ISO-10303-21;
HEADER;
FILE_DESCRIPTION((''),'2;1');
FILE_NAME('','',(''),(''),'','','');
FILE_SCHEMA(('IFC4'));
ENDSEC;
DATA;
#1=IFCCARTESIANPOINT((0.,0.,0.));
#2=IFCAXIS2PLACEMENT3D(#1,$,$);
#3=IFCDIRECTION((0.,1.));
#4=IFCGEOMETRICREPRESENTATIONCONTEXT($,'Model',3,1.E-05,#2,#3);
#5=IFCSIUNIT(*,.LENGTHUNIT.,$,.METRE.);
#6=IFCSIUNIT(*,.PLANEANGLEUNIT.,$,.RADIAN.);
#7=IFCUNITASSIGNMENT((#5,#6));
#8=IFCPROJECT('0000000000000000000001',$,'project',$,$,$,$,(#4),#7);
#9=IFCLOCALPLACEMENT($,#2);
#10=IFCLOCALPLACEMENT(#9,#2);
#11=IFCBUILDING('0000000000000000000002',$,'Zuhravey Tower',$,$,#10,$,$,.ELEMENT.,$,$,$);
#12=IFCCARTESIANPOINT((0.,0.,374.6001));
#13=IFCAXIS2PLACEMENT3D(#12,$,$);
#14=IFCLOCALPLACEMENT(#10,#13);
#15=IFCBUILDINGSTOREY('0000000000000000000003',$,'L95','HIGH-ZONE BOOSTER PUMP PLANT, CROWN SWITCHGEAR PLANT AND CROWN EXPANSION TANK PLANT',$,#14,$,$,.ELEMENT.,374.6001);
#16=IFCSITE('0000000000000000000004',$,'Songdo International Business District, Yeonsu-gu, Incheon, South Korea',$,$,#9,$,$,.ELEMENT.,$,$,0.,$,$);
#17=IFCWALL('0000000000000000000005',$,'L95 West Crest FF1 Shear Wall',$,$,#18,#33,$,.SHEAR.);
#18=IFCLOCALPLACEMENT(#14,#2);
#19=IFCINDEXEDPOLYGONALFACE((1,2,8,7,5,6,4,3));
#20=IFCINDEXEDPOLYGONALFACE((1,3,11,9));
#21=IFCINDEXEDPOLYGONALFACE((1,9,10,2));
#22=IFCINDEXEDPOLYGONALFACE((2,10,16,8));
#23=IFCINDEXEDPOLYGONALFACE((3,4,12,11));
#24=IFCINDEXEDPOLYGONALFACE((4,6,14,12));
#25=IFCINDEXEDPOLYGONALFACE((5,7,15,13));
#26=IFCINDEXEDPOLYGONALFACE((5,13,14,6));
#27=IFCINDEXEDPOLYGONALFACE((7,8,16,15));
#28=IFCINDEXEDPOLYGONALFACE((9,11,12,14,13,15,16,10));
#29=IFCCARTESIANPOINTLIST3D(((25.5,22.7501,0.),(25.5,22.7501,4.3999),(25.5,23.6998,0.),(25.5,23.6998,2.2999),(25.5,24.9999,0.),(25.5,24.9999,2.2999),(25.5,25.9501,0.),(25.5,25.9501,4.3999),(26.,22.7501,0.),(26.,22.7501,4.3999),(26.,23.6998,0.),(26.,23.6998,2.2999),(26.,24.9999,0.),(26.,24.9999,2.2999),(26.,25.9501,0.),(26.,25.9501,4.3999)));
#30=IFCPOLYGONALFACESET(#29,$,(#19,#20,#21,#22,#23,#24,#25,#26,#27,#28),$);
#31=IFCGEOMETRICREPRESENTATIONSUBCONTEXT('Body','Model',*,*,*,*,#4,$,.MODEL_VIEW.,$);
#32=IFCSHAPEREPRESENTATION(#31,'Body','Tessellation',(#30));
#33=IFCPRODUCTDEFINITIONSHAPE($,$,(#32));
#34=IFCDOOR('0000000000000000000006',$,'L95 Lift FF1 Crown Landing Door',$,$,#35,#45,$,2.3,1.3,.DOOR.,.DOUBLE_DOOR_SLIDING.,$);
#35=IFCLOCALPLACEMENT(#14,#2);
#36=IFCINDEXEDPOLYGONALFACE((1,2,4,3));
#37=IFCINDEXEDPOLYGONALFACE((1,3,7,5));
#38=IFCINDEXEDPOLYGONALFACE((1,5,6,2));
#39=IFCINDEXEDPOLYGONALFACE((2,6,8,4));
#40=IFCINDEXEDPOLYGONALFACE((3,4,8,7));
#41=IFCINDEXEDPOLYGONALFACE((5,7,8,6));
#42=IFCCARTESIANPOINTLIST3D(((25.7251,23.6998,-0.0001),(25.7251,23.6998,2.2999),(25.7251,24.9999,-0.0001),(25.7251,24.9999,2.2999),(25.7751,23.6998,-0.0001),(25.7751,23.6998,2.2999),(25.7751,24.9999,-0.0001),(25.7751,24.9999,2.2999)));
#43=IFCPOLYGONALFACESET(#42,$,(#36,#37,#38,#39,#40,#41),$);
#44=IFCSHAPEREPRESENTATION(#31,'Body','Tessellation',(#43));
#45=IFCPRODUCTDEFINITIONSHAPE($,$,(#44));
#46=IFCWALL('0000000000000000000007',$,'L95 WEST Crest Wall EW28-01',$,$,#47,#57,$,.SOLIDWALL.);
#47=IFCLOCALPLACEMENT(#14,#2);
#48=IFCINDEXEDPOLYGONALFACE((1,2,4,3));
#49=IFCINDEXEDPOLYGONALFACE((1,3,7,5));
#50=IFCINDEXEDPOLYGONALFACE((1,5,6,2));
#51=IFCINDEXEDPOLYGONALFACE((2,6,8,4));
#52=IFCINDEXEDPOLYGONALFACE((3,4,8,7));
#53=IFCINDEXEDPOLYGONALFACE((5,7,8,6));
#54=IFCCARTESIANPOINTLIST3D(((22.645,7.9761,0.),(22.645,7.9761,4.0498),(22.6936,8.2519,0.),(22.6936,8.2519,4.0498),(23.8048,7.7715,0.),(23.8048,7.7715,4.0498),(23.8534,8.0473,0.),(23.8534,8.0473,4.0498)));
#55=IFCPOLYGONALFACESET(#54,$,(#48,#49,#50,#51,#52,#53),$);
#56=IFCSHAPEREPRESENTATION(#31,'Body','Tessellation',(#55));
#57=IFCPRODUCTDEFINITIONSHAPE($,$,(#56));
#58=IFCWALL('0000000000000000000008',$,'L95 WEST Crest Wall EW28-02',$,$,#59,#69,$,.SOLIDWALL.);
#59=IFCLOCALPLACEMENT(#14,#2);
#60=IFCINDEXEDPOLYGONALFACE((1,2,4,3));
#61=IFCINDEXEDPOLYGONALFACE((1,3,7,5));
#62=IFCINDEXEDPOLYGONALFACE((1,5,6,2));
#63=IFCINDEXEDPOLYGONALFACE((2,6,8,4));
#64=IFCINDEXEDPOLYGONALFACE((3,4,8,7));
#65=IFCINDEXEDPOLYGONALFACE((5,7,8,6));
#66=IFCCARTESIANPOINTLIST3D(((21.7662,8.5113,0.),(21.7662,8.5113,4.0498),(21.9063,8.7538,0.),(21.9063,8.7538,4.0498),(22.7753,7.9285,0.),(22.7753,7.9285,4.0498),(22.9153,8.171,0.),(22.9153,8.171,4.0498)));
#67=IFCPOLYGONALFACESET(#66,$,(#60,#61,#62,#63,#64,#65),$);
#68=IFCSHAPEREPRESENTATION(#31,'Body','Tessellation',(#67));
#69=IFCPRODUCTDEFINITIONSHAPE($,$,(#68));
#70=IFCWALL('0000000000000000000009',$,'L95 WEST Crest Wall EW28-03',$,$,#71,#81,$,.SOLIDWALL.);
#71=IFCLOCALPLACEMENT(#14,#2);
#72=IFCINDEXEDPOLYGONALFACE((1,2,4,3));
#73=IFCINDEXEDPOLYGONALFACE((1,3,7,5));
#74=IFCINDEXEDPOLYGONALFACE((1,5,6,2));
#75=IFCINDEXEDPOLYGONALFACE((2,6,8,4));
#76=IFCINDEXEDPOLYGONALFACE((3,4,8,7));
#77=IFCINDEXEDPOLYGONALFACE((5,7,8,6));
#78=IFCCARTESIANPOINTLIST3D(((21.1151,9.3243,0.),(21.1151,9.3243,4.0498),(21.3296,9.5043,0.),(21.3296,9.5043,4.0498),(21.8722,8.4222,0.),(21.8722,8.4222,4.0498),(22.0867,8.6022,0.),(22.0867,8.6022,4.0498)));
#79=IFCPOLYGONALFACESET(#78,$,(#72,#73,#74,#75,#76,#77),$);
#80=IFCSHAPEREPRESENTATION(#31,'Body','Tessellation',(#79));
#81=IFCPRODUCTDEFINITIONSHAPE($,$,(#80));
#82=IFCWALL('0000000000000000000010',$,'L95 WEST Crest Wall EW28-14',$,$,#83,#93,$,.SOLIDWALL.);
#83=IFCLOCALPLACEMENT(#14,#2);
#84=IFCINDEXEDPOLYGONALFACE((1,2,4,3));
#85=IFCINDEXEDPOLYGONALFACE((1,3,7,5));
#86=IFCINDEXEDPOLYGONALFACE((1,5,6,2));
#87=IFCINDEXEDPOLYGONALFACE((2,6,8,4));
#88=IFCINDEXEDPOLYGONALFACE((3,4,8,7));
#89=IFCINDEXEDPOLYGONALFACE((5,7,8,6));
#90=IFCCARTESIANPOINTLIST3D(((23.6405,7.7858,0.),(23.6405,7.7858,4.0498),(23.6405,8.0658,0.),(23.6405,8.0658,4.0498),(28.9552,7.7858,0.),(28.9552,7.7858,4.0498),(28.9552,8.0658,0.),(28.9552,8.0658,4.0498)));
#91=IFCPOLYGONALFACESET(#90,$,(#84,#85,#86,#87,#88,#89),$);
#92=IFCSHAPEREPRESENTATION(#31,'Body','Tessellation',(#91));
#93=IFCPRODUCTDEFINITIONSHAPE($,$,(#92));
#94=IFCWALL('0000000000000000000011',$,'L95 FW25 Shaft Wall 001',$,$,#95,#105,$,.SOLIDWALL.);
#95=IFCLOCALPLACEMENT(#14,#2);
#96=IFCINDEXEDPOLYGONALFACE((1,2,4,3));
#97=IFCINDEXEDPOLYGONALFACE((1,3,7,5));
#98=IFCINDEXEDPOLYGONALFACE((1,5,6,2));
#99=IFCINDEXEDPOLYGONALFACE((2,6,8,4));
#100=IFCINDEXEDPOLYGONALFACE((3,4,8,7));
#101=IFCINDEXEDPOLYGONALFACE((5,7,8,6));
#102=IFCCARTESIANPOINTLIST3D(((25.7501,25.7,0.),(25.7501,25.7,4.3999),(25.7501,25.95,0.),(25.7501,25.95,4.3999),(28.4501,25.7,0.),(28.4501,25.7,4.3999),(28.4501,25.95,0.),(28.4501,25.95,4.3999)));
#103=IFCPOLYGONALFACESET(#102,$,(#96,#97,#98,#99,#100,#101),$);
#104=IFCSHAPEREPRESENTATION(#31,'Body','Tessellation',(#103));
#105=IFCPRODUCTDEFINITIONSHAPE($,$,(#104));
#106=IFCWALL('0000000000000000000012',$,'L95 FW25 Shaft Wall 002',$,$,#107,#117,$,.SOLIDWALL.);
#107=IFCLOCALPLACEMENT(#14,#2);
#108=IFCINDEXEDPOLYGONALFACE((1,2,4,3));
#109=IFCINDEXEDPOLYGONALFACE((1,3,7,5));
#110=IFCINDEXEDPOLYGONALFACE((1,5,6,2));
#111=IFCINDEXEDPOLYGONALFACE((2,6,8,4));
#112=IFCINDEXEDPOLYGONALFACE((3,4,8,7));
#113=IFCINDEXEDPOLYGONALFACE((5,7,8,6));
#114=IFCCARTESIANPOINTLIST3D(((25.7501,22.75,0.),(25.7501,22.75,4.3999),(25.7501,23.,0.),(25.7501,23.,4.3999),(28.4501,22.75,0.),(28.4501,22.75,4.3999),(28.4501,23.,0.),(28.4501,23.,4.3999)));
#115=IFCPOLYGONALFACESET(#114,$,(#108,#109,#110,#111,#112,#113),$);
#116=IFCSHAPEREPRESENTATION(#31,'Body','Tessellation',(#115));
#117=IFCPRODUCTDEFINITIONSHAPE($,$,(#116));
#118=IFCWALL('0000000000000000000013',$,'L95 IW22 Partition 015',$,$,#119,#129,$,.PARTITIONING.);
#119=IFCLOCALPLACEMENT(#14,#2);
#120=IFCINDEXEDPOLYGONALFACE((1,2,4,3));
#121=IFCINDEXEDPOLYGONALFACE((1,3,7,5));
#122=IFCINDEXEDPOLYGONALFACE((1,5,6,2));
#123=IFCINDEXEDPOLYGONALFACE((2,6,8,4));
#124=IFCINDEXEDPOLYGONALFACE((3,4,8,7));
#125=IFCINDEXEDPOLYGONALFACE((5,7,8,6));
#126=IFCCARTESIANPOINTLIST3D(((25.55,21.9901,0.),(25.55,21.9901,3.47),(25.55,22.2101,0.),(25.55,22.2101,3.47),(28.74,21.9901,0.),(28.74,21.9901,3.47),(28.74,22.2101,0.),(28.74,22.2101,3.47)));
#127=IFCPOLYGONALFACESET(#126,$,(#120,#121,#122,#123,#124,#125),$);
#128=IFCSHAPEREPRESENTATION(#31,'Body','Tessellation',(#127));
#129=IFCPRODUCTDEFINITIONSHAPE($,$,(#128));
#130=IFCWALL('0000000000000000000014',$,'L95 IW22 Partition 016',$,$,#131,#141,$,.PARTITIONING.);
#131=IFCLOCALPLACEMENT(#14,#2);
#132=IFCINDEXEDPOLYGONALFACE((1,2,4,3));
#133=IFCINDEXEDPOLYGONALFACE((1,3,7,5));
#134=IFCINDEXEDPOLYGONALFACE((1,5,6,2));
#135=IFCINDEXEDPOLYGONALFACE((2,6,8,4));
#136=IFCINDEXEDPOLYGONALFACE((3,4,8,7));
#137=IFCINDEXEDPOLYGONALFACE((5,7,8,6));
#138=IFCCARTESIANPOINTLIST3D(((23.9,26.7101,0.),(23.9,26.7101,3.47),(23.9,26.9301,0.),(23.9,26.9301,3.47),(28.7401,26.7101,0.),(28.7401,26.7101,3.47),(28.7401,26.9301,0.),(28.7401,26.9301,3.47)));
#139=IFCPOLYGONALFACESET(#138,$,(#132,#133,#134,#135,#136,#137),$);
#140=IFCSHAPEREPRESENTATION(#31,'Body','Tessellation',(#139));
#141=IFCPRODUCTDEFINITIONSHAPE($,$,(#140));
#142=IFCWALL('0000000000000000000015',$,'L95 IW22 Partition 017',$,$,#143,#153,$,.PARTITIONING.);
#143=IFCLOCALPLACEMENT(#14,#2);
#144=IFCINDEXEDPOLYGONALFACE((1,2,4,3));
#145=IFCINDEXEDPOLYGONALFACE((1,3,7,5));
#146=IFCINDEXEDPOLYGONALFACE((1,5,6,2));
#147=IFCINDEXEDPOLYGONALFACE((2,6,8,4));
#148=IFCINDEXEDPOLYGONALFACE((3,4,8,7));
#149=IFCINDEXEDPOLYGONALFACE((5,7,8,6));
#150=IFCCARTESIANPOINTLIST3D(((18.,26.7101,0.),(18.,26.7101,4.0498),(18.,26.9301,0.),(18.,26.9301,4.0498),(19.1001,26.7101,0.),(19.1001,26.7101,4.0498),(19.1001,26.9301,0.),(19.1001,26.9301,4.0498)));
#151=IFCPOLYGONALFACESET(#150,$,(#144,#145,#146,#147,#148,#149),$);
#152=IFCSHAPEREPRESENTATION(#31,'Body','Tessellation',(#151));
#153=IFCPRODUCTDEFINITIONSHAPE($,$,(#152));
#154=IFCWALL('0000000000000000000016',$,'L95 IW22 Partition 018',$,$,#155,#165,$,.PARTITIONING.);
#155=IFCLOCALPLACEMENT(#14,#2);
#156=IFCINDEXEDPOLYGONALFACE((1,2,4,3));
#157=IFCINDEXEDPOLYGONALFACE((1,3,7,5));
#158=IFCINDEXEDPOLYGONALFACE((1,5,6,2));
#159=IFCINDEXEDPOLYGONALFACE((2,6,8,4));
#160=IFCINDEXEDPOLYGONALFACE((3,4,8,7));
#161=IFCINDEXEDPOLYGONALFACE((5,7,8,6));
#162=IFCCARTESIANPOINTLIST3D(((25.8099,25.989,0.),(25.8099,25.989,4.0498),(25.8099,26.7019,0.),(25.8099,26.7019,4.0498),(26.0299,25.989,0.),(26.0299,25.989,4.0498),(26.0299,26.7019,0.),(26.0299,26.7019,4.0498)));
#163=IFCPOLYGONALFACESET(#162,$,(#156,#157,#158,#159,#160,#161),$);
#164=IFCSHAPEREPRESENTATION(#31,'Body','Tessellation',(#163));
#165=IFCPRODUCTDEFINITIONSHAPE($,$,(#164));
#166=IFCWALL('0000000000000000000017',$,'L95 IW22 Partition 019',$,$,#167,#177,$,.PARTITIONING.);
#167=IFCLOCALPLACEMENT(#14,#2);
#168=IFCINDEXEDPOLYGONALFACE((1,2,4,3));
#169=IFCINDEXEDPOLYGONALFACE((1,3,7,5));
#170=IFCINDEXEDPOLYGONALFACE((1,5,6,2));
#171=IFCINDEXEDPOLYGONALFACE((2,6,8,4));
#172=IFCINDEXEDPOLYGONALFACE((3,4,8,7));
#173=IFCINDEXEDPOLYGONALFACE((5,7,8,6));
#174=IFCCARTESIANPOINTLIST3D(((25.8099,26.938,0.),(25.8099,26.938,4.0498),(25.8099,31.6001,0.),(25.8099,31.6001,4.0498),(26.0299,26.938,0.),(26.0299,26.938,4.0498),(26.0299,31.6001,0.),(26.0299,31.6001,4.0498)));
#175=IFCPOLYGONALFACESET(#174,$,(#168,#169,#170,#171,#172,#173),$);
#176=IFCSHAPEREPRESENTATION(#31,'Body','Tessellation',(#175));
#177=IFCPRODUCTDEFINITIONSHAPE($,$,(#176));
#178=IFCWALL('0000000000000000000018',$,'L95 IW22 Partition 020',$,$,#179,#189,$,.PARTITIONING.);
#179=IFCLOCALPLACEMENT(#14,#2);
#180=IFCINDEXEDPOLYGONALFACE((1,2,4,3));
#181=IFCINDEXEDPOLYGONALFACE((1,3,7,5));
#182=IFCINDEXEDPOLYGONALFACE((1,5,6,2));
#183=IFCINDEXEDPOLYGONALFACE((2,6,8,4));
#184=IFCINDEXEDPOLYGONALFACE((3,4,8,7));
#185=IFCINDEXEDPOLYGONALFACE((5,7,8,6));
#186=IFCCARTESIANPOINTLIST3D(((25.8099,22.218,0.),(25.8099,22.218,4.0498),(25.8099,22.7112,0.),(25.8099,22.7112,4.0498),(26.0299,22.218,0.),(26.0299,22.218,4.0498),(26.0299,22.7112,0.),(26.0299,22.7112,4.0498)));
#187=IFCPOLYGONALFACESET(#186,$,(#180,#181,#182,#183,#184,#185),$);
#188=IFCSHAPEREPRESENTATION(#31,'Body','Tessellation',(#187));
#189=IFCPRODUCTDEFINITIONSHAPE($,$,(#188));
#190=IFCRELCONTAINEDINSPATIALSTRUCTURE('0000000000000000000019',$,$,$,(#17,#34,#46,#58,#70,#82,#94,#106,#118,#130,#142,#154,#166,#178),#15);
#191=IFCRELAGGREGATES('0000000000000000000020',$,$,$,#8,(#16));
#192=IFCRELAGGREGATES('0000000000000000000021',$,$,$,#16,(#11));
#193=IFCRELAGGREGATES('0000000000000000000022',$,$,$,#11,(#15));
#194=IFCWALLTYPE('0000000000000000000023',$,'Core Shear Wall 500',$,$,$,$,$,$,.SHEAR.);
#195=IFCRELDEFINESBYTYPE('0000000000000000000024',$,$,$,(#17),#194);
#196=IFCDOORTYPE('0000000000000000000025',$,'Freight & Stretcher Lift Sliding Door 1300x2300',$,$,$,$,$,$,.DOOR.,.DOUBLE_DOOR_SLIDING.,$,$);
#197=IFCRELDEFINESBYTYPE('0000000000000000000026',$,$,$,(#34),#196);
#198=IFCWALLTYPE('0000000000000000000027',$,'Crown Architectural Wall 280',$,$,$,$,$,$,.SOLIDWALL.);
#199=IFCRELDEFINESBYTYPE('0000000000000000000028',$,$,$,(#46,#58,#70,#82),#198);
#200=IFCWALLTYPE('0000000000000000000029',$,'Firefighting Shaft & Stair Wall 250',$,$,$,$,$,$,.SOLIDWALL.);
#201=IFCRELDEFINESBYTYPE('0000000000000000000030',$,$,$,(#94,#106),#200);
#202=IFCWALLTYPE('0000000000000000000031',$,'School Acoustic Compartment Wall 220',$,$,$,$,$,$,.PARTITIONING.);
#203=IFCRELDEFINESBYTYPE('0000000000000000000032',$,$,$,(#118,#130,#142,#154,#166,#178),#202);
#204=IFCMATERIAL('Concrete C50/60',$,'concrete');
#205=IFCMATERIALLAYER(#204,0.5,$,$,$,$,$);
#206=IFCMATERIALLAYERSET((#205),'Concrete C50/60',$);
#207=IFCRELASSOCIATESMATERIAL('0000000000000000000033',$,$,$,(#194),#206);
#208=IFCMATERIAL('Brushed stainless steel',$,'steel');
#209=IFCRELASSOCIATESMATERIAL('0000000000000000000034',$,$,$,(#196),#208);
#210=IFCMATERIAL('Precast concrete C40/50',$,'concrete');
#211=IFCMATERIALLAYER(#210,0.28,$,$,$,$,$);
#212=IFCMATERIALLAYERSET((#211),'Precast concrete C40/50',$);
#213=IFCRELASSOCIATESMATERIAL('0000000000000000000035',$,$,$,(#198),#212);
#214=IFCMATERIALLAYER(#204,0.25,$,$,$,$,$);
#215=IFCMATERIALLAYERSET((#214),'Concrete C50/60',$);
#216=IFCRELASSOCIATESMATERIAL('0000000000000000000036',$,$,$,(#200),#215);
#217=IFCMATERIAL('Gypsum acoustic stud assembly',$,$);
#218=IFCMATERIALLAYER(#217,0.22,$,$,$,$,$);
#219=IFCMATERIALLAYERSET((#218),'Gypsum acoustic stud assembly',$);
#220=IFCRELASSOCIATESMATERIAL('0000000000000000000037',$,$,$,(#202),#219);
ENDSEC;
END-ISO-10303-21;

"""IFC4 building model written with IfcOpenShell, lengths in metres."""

from ifc_helpers import new_model, si_unit, direction, frame, frame_2d, origin, place, context, subcontext, project, spatial, rectangle, extrude, material, layer, layer_set, type_object, element, fill, save


model = new_model("IFC4")

# Units and contexts
model_context = context("Model", 3, precision=1e-05, world=origin(), true_north=direction((0.0, 1.0)))
body_context = subcontext(model_context, "Body", "Model", "MODEL_VIEW")
ifc_project = project(units=[si_unit("LENGTHUNIT", "METRE"), si_unit("PLANEANGLEUNIT", "RADIAN")], contexts=[model_context])

# Site, building, storey
site_placement = place(None, origin())
site = spatial("IfcSite", under=ifc_project, at=site_placement, Name="Songdo International Business District, Yeonsu-gu, Incheon, South Korea", CompositionType="ELEMENT", RefElevation=0.0)
building_placement = place(site_placement, origin())
building = spatial("IfcBuilding", under=site, at=building_placement, Name="Zuhravey Tower", CompositionType="ELEMENT")
storey_placement = place(building_placement, frame((0.0, 0.0, 374.6001)))
storey = spatial("IfcBuildingStorey", under=building, at=storey_placement, Name="L95", Description="HIGH-ZONE BOOSTER PUMP PLANT, CROWN SWITCHGEAR PLANT AND CROWN EXPANSION TANK PLANT", CompositionType="ELEMENT", Elevation=374.6001)

# Shared definitions
ifc_material_1 = material(Name="Concrete C50/60", Category="concrete")
ifc_layer_1 = layer(ifc_material_1, 0.5)
ifc_layer_set_1 = layer_set([ifc_layer_1], Name="Concrete C50/60")
wall_type_1 = type_object("IfcWallType", Name="Core Shear Wall 500", PredefinedType="SHEAR", material=ifc_layer_set_1)

# Wall, opening, door
wall_1_placement = place(storey_placement, frame((25.75, 22.75, 0.0), z_axis=(0.0, 0.0, 1.0), x_axis=(0.0, 1.0, 0.0)))
wall_1 = element("IfcWall", 1, at=wall_1_placement, inside=storey, type_object=wall_type_1, Name="L95 West Crest FF1 Shear Wall", PredefinedType="SHEAR", context=body_context, shape_type="SweptSolid", body=[
    extrude(rectangle(XDim=3.2, YDim=0.5, at=frame_2d((1.6001, 0.0))), origin(), (0.0, 0.0, 1.0), 4.3999),
])
opening_1_placement = place(wall_1_placement, frame((0.95, 0.0, 0.0)))
opening_1 = element("IfcOpeningElement", 2, at=opening_1_placement, cuts=wall_1, PredefinedType="OPENING", context=body_context, shape_type="SweptSolid", body=[
    extrude(rectangle(XDim=1.3, YDim=2.3, at=frame_2d((0.6499, 1.1499))), frame((0.0, 0.262, 0.0), z_axis=(0.0, -1.0, 0.0), x_axis=(1.0, 0.0, 0.0)), (0.0, 0.0, 1.0), 0.5239),
])
ifc_material_2 = material(Name="Brushed stainless steel", Category="steel")
door_type_1 = type_object("IfcDoorType", Name="Freight & Stretcher Lift Sliding Door 1300x2300", OperationType="DOUBLE_DOOR_SLIDING", PredefinedType="DOOR", material=ifc_material_2)
door_1_placement = place(opening_1_placement, origin())
door_1 = element("IfcDoor", 3, at=door_1_placement, inside=storey, type_object=door_type_1, Name="L95 Lift FF1 Crown Landing Door", OperationType="DOUBLE_DOOR_SLIDING", OverallHeight=2.3, OverallWidth=1.3, PredefinedType="DOOR", context=body_context, shape_type="SweptSolid", body=[
    extrude(rectangle(XDim=1.3, YDim=2.3, at=frame_2d((0.6499, 1.1499))), frame((0.0, 0.0249, 0.0), z_axis=(0.0, -1.0, 0.0), x_axis=(1.0, 0.0, 0.0)), (0.0, 0.0, 1.0), 0.05),
])
fill(opening_1, door_1)

# Walls
ifc_material_3 = material(Name="Precast concrete C40/50", Category="concrete")
ifc_layer_2 = layer(ifc_material_3, 0.28)
ifc_layer_set_2 = layer_set([ifc_layer_2], Name="Precast concrete C40/50")
wall_type_2 = type_object("IfcWallType", Name="Crown Architectural Wall 280", PredefinedType="SOLIDWALL", material=ifc_layer_set_2)
wall_2_placement = place(storey_placement, frame((23.8291, 7.9094, 0.0), z_axis=(0.0, 0.0, 1.0), x_axis=(-0.984798, 0.173703, 0.0)))
element("IfcWall", 4, at=wall_2_placement, inside=storey, type_object=wall_type_2, Name="L95 WEST Crest Wall EW28-01", PredefinedType="SOLIDWALL", context=body_context, shape_type="SweptSolid", body=[
    extrude(rectangle(XDim=1.1777, YDim=0.28, at=frame_2d((0.5889, 0.0))), origin(), (0.0, 0.0, 1.0), 4.0498),
])
wall_3_placement = place(storey_placement, frame((22.8452, 8.0498, 0.0), z_axis=(0.0, 0.0, 1.0), x_axis=(-0.865952, 0.500127, 0.0)))
element("IfcWall", 5, at=wall_3_placement, inside=storey, type_object=wall_type_2, Name="L95 WEST Crest Wall EW28-02", PredefinedType="SOLIDWALL", context=body_context, shape_type="SweptSolid", body=[
    extrude(rectangle(XDim=1.1653, YDim=0.28, at=frame_2d((0.5825, 0.0))), origin(), (0.0, 0.0, 1.0), 4.0498),
])
wall_4_placement = place(storey_placement, frame((21.9795, 8.5122, 0.0), z_axis=(0.0, 0.0, 1.0), x_axis=(-0.642852, 0.765991, 0.0)))
element("IfcWall", 6, at=wall_4_placement, inside=storey, type_object=wall_type_2, Name="L95 WEST Crest Wall EW28-03", PredefinedType="SOLIDWALL", context=body_context, shape_type="SweptSolid", body=[
    extrude(rectangle(XDim=1.1777, YDim=0.28, at=frame_2d((0.5889, 0.0))), origin(), (0.0, 0.0, 1.0), 4.0498),
])
wall_5_placement = place(storey_placement, frame((28.9551, 7.9258, 0.0), z_axis=(0.0, 0.0, 1.0), x_axis=(-1.0, 0.0, 0.0)))
element("IfcWall", 7, at=wall_5_placement, inside=storey, type_object=wall_type_2, Name="L95 WEST Crest Wall EW28-14", PredefinedType="SOLIDWALL", context=body_context, shape_type="SweptSolid", body=[
    extrude(rectangle(XDim=5.3147, YDim=0.28, at=frame_2d((2.6572, 0.0))), origin(), (0.0, 0.0, 1.0), 4.0498),
])
ifc_layer_3 = layer(ifc_material_1, 0.25)
ifc_layer_set_3 = layer_set([ifc_layer_3], Name="Concrete C50/60")
wall_type_3 = type_object("IfcWallType", Name="Firefighting Shaft & Stair Wall 250", PredefinedType="SOLIDWALL", material=ifc_layer_set_3)
for number, where, z_axis, x_axis, name in (
    (8, (25.75, 25.825, 0.0), (0.0, 0.0, 1.0), (1.0, 0.0, 0.0), "L95 FW25 Shaft Wall 001"),
    (9, (25.75, 22.875, 0.0), (0.0, 0.0, 1.0), (1.0, 0.0, 0.0), "L95 FW25 Shaft Wall 002"),
):
    element("IfcWall", number, at=place(storey_placement, frame(where, z_axis=z_axis, x_axis=x_axis)), inside=storey, type_object=wall_type_3, Name=name, PredefinedType="SOLIDWALL", context=body_context, shape_type="SweptSolid", body=[
        extrude(rectangle(XDim=2.7, YDim=0.25, at=frame_2d((1.3501, 0.0))), origin(), (0.0, 0.0, 1.0), 4.3999),
    ])
ifc_material_4 = material(Name="Gypsum acoustic stud assembly")
ifc_layer_4 = layer(ifc_material_4, 0.22)
ifc_layer_set_4 = layer_set([ifc_layer_4], Name="Gypsum acoustic stud assembly")
wall_type_4 = type_object("IfcWallType", Name="School Acoustic Compartment Wall 220", PredefinedType="PARTITIONING", material=ifc_layer_set_4)
wall_6_placement = place(storey_placement, frame((25.55, 22.1001, 0.0), z_axis=(0.0, 0.0, 1.0), x_axis=(1.0, 0.0, 0.0)))
element("IfcWall", 10, at=wall_6_placement, inside=storey, type_object=wall_type_4, Name="L95 IW22 Partition 015", PredefinedType="PARTITIONING", context=body_context, shape_type="SweptSolid", body=[
    extrude(rectangle(XDim=3.1899, YDim=0.22, at=frame_2d((1.595, 0.0))), origin(), (0.0, 0.0, 1.0), 3.47),
])
wall_7_placement = place(storey_placement, frame((28.74, 26.8201, 0.0), z_axis=(0.0, 0.0, 1.0), x_axis=(-1.0, 0.0, 0.0)))
element("IfcWall", 11, at=wall_7_placement, inside=storey, type_object=wall_type_4, Name="L95 IW22 Partition 016", PredefinedType="PARTITIONING", context=body_context, shape_type="SweptSolid", body=[
    extrude(rectangle(XDim=4.8401, YDim=0.22, at=frame_2d((2.4199, 0.0))), origin(), (0.0, 0.0, 1.0), 3.47),
])
wall_8_placement = place(storey_placement, frame((19.1001, 26.8201, 0.0), z_axis=(0.0, 0.0, 1.0), x_axis=(-1.0, 0.0, 0.0)))
element("IfcWall", 12, at=wall_8_placement, inside=storey, type_object=wall_type_4, Name="L95 IW22 Partition 017", PredefinedType="PARTITIONING", context=body_context, shape_type="SweptSolid", body=[
    extrude(rectangle(XDim=1.1001, YDim=0.22, at=frame_2d((0.55, 0.0))), origin(), (0.0, 0.0, 1.0), 4.0498),
])
wall_9_placement = place(storey_placement, frame((25.9199, 25.989, 0.0), z_axis=(0.0, 0.0, 1.0), x_axis=(0.0, 1.0, 0.0)))
element("IfcWall", 13, at=wall_9_placement, inside=storey, type_object=wall_type_4, Name="L95 IW22 Partition 018", PredefinedType="PARTITIONING", context=body_context, shape_type="SweptSolid", body=[
    extrude(rectangle(XDim=0.7129, YDim=0.22, at=frame_2d((0.3564, 0.0))), origin(), (0.0, 0.0, 1.0), 4.0498),
])
wall_10_placement = place(storey_placement, frame((25.9199, 26.938, 0.0), z_axis=(0.0, 0.0, 1.0), x_axis=(0.0, 1.0, 0.0)))
element("IfcWall", 14, at=wall_10_placement, inside=storey, type_object=wall_type_4, Name="L95 IW22 Partition 019", PredefinedType="PARTITIONING", context=body_context, shape_type="SweptSolid", body=[
    extrude(rectangle(XDim=4.6621, YDim=0.22, at=frame_2d((2.3311, 0.0))), origin(), (0.0, 0.0, 1.0), 4.0498),
])
wall_11_placement = place(storey_placement, frame((25.9199, 22.218, 0.0), z_axis=(0.0, 0.0, 1.0), x_axis=(0.0, 1.0, 0.0)))
element("IfcWall", 15, at=wall_11_placement, inside=storey, type_object=wall_type_4, Name="L95 IW22 Partition 020", PredefinedType="PARTITIONING", context=body_context, shape_type="SweptSolid", body=[
    extrude(rectangle(XDim=0.4932, YDim=0.22, at=frame_2d((0.2466, 0.0))), origin(), (0.0, 0.0, 1.0), 4.0498),
])

save(model, "model.ifc")
